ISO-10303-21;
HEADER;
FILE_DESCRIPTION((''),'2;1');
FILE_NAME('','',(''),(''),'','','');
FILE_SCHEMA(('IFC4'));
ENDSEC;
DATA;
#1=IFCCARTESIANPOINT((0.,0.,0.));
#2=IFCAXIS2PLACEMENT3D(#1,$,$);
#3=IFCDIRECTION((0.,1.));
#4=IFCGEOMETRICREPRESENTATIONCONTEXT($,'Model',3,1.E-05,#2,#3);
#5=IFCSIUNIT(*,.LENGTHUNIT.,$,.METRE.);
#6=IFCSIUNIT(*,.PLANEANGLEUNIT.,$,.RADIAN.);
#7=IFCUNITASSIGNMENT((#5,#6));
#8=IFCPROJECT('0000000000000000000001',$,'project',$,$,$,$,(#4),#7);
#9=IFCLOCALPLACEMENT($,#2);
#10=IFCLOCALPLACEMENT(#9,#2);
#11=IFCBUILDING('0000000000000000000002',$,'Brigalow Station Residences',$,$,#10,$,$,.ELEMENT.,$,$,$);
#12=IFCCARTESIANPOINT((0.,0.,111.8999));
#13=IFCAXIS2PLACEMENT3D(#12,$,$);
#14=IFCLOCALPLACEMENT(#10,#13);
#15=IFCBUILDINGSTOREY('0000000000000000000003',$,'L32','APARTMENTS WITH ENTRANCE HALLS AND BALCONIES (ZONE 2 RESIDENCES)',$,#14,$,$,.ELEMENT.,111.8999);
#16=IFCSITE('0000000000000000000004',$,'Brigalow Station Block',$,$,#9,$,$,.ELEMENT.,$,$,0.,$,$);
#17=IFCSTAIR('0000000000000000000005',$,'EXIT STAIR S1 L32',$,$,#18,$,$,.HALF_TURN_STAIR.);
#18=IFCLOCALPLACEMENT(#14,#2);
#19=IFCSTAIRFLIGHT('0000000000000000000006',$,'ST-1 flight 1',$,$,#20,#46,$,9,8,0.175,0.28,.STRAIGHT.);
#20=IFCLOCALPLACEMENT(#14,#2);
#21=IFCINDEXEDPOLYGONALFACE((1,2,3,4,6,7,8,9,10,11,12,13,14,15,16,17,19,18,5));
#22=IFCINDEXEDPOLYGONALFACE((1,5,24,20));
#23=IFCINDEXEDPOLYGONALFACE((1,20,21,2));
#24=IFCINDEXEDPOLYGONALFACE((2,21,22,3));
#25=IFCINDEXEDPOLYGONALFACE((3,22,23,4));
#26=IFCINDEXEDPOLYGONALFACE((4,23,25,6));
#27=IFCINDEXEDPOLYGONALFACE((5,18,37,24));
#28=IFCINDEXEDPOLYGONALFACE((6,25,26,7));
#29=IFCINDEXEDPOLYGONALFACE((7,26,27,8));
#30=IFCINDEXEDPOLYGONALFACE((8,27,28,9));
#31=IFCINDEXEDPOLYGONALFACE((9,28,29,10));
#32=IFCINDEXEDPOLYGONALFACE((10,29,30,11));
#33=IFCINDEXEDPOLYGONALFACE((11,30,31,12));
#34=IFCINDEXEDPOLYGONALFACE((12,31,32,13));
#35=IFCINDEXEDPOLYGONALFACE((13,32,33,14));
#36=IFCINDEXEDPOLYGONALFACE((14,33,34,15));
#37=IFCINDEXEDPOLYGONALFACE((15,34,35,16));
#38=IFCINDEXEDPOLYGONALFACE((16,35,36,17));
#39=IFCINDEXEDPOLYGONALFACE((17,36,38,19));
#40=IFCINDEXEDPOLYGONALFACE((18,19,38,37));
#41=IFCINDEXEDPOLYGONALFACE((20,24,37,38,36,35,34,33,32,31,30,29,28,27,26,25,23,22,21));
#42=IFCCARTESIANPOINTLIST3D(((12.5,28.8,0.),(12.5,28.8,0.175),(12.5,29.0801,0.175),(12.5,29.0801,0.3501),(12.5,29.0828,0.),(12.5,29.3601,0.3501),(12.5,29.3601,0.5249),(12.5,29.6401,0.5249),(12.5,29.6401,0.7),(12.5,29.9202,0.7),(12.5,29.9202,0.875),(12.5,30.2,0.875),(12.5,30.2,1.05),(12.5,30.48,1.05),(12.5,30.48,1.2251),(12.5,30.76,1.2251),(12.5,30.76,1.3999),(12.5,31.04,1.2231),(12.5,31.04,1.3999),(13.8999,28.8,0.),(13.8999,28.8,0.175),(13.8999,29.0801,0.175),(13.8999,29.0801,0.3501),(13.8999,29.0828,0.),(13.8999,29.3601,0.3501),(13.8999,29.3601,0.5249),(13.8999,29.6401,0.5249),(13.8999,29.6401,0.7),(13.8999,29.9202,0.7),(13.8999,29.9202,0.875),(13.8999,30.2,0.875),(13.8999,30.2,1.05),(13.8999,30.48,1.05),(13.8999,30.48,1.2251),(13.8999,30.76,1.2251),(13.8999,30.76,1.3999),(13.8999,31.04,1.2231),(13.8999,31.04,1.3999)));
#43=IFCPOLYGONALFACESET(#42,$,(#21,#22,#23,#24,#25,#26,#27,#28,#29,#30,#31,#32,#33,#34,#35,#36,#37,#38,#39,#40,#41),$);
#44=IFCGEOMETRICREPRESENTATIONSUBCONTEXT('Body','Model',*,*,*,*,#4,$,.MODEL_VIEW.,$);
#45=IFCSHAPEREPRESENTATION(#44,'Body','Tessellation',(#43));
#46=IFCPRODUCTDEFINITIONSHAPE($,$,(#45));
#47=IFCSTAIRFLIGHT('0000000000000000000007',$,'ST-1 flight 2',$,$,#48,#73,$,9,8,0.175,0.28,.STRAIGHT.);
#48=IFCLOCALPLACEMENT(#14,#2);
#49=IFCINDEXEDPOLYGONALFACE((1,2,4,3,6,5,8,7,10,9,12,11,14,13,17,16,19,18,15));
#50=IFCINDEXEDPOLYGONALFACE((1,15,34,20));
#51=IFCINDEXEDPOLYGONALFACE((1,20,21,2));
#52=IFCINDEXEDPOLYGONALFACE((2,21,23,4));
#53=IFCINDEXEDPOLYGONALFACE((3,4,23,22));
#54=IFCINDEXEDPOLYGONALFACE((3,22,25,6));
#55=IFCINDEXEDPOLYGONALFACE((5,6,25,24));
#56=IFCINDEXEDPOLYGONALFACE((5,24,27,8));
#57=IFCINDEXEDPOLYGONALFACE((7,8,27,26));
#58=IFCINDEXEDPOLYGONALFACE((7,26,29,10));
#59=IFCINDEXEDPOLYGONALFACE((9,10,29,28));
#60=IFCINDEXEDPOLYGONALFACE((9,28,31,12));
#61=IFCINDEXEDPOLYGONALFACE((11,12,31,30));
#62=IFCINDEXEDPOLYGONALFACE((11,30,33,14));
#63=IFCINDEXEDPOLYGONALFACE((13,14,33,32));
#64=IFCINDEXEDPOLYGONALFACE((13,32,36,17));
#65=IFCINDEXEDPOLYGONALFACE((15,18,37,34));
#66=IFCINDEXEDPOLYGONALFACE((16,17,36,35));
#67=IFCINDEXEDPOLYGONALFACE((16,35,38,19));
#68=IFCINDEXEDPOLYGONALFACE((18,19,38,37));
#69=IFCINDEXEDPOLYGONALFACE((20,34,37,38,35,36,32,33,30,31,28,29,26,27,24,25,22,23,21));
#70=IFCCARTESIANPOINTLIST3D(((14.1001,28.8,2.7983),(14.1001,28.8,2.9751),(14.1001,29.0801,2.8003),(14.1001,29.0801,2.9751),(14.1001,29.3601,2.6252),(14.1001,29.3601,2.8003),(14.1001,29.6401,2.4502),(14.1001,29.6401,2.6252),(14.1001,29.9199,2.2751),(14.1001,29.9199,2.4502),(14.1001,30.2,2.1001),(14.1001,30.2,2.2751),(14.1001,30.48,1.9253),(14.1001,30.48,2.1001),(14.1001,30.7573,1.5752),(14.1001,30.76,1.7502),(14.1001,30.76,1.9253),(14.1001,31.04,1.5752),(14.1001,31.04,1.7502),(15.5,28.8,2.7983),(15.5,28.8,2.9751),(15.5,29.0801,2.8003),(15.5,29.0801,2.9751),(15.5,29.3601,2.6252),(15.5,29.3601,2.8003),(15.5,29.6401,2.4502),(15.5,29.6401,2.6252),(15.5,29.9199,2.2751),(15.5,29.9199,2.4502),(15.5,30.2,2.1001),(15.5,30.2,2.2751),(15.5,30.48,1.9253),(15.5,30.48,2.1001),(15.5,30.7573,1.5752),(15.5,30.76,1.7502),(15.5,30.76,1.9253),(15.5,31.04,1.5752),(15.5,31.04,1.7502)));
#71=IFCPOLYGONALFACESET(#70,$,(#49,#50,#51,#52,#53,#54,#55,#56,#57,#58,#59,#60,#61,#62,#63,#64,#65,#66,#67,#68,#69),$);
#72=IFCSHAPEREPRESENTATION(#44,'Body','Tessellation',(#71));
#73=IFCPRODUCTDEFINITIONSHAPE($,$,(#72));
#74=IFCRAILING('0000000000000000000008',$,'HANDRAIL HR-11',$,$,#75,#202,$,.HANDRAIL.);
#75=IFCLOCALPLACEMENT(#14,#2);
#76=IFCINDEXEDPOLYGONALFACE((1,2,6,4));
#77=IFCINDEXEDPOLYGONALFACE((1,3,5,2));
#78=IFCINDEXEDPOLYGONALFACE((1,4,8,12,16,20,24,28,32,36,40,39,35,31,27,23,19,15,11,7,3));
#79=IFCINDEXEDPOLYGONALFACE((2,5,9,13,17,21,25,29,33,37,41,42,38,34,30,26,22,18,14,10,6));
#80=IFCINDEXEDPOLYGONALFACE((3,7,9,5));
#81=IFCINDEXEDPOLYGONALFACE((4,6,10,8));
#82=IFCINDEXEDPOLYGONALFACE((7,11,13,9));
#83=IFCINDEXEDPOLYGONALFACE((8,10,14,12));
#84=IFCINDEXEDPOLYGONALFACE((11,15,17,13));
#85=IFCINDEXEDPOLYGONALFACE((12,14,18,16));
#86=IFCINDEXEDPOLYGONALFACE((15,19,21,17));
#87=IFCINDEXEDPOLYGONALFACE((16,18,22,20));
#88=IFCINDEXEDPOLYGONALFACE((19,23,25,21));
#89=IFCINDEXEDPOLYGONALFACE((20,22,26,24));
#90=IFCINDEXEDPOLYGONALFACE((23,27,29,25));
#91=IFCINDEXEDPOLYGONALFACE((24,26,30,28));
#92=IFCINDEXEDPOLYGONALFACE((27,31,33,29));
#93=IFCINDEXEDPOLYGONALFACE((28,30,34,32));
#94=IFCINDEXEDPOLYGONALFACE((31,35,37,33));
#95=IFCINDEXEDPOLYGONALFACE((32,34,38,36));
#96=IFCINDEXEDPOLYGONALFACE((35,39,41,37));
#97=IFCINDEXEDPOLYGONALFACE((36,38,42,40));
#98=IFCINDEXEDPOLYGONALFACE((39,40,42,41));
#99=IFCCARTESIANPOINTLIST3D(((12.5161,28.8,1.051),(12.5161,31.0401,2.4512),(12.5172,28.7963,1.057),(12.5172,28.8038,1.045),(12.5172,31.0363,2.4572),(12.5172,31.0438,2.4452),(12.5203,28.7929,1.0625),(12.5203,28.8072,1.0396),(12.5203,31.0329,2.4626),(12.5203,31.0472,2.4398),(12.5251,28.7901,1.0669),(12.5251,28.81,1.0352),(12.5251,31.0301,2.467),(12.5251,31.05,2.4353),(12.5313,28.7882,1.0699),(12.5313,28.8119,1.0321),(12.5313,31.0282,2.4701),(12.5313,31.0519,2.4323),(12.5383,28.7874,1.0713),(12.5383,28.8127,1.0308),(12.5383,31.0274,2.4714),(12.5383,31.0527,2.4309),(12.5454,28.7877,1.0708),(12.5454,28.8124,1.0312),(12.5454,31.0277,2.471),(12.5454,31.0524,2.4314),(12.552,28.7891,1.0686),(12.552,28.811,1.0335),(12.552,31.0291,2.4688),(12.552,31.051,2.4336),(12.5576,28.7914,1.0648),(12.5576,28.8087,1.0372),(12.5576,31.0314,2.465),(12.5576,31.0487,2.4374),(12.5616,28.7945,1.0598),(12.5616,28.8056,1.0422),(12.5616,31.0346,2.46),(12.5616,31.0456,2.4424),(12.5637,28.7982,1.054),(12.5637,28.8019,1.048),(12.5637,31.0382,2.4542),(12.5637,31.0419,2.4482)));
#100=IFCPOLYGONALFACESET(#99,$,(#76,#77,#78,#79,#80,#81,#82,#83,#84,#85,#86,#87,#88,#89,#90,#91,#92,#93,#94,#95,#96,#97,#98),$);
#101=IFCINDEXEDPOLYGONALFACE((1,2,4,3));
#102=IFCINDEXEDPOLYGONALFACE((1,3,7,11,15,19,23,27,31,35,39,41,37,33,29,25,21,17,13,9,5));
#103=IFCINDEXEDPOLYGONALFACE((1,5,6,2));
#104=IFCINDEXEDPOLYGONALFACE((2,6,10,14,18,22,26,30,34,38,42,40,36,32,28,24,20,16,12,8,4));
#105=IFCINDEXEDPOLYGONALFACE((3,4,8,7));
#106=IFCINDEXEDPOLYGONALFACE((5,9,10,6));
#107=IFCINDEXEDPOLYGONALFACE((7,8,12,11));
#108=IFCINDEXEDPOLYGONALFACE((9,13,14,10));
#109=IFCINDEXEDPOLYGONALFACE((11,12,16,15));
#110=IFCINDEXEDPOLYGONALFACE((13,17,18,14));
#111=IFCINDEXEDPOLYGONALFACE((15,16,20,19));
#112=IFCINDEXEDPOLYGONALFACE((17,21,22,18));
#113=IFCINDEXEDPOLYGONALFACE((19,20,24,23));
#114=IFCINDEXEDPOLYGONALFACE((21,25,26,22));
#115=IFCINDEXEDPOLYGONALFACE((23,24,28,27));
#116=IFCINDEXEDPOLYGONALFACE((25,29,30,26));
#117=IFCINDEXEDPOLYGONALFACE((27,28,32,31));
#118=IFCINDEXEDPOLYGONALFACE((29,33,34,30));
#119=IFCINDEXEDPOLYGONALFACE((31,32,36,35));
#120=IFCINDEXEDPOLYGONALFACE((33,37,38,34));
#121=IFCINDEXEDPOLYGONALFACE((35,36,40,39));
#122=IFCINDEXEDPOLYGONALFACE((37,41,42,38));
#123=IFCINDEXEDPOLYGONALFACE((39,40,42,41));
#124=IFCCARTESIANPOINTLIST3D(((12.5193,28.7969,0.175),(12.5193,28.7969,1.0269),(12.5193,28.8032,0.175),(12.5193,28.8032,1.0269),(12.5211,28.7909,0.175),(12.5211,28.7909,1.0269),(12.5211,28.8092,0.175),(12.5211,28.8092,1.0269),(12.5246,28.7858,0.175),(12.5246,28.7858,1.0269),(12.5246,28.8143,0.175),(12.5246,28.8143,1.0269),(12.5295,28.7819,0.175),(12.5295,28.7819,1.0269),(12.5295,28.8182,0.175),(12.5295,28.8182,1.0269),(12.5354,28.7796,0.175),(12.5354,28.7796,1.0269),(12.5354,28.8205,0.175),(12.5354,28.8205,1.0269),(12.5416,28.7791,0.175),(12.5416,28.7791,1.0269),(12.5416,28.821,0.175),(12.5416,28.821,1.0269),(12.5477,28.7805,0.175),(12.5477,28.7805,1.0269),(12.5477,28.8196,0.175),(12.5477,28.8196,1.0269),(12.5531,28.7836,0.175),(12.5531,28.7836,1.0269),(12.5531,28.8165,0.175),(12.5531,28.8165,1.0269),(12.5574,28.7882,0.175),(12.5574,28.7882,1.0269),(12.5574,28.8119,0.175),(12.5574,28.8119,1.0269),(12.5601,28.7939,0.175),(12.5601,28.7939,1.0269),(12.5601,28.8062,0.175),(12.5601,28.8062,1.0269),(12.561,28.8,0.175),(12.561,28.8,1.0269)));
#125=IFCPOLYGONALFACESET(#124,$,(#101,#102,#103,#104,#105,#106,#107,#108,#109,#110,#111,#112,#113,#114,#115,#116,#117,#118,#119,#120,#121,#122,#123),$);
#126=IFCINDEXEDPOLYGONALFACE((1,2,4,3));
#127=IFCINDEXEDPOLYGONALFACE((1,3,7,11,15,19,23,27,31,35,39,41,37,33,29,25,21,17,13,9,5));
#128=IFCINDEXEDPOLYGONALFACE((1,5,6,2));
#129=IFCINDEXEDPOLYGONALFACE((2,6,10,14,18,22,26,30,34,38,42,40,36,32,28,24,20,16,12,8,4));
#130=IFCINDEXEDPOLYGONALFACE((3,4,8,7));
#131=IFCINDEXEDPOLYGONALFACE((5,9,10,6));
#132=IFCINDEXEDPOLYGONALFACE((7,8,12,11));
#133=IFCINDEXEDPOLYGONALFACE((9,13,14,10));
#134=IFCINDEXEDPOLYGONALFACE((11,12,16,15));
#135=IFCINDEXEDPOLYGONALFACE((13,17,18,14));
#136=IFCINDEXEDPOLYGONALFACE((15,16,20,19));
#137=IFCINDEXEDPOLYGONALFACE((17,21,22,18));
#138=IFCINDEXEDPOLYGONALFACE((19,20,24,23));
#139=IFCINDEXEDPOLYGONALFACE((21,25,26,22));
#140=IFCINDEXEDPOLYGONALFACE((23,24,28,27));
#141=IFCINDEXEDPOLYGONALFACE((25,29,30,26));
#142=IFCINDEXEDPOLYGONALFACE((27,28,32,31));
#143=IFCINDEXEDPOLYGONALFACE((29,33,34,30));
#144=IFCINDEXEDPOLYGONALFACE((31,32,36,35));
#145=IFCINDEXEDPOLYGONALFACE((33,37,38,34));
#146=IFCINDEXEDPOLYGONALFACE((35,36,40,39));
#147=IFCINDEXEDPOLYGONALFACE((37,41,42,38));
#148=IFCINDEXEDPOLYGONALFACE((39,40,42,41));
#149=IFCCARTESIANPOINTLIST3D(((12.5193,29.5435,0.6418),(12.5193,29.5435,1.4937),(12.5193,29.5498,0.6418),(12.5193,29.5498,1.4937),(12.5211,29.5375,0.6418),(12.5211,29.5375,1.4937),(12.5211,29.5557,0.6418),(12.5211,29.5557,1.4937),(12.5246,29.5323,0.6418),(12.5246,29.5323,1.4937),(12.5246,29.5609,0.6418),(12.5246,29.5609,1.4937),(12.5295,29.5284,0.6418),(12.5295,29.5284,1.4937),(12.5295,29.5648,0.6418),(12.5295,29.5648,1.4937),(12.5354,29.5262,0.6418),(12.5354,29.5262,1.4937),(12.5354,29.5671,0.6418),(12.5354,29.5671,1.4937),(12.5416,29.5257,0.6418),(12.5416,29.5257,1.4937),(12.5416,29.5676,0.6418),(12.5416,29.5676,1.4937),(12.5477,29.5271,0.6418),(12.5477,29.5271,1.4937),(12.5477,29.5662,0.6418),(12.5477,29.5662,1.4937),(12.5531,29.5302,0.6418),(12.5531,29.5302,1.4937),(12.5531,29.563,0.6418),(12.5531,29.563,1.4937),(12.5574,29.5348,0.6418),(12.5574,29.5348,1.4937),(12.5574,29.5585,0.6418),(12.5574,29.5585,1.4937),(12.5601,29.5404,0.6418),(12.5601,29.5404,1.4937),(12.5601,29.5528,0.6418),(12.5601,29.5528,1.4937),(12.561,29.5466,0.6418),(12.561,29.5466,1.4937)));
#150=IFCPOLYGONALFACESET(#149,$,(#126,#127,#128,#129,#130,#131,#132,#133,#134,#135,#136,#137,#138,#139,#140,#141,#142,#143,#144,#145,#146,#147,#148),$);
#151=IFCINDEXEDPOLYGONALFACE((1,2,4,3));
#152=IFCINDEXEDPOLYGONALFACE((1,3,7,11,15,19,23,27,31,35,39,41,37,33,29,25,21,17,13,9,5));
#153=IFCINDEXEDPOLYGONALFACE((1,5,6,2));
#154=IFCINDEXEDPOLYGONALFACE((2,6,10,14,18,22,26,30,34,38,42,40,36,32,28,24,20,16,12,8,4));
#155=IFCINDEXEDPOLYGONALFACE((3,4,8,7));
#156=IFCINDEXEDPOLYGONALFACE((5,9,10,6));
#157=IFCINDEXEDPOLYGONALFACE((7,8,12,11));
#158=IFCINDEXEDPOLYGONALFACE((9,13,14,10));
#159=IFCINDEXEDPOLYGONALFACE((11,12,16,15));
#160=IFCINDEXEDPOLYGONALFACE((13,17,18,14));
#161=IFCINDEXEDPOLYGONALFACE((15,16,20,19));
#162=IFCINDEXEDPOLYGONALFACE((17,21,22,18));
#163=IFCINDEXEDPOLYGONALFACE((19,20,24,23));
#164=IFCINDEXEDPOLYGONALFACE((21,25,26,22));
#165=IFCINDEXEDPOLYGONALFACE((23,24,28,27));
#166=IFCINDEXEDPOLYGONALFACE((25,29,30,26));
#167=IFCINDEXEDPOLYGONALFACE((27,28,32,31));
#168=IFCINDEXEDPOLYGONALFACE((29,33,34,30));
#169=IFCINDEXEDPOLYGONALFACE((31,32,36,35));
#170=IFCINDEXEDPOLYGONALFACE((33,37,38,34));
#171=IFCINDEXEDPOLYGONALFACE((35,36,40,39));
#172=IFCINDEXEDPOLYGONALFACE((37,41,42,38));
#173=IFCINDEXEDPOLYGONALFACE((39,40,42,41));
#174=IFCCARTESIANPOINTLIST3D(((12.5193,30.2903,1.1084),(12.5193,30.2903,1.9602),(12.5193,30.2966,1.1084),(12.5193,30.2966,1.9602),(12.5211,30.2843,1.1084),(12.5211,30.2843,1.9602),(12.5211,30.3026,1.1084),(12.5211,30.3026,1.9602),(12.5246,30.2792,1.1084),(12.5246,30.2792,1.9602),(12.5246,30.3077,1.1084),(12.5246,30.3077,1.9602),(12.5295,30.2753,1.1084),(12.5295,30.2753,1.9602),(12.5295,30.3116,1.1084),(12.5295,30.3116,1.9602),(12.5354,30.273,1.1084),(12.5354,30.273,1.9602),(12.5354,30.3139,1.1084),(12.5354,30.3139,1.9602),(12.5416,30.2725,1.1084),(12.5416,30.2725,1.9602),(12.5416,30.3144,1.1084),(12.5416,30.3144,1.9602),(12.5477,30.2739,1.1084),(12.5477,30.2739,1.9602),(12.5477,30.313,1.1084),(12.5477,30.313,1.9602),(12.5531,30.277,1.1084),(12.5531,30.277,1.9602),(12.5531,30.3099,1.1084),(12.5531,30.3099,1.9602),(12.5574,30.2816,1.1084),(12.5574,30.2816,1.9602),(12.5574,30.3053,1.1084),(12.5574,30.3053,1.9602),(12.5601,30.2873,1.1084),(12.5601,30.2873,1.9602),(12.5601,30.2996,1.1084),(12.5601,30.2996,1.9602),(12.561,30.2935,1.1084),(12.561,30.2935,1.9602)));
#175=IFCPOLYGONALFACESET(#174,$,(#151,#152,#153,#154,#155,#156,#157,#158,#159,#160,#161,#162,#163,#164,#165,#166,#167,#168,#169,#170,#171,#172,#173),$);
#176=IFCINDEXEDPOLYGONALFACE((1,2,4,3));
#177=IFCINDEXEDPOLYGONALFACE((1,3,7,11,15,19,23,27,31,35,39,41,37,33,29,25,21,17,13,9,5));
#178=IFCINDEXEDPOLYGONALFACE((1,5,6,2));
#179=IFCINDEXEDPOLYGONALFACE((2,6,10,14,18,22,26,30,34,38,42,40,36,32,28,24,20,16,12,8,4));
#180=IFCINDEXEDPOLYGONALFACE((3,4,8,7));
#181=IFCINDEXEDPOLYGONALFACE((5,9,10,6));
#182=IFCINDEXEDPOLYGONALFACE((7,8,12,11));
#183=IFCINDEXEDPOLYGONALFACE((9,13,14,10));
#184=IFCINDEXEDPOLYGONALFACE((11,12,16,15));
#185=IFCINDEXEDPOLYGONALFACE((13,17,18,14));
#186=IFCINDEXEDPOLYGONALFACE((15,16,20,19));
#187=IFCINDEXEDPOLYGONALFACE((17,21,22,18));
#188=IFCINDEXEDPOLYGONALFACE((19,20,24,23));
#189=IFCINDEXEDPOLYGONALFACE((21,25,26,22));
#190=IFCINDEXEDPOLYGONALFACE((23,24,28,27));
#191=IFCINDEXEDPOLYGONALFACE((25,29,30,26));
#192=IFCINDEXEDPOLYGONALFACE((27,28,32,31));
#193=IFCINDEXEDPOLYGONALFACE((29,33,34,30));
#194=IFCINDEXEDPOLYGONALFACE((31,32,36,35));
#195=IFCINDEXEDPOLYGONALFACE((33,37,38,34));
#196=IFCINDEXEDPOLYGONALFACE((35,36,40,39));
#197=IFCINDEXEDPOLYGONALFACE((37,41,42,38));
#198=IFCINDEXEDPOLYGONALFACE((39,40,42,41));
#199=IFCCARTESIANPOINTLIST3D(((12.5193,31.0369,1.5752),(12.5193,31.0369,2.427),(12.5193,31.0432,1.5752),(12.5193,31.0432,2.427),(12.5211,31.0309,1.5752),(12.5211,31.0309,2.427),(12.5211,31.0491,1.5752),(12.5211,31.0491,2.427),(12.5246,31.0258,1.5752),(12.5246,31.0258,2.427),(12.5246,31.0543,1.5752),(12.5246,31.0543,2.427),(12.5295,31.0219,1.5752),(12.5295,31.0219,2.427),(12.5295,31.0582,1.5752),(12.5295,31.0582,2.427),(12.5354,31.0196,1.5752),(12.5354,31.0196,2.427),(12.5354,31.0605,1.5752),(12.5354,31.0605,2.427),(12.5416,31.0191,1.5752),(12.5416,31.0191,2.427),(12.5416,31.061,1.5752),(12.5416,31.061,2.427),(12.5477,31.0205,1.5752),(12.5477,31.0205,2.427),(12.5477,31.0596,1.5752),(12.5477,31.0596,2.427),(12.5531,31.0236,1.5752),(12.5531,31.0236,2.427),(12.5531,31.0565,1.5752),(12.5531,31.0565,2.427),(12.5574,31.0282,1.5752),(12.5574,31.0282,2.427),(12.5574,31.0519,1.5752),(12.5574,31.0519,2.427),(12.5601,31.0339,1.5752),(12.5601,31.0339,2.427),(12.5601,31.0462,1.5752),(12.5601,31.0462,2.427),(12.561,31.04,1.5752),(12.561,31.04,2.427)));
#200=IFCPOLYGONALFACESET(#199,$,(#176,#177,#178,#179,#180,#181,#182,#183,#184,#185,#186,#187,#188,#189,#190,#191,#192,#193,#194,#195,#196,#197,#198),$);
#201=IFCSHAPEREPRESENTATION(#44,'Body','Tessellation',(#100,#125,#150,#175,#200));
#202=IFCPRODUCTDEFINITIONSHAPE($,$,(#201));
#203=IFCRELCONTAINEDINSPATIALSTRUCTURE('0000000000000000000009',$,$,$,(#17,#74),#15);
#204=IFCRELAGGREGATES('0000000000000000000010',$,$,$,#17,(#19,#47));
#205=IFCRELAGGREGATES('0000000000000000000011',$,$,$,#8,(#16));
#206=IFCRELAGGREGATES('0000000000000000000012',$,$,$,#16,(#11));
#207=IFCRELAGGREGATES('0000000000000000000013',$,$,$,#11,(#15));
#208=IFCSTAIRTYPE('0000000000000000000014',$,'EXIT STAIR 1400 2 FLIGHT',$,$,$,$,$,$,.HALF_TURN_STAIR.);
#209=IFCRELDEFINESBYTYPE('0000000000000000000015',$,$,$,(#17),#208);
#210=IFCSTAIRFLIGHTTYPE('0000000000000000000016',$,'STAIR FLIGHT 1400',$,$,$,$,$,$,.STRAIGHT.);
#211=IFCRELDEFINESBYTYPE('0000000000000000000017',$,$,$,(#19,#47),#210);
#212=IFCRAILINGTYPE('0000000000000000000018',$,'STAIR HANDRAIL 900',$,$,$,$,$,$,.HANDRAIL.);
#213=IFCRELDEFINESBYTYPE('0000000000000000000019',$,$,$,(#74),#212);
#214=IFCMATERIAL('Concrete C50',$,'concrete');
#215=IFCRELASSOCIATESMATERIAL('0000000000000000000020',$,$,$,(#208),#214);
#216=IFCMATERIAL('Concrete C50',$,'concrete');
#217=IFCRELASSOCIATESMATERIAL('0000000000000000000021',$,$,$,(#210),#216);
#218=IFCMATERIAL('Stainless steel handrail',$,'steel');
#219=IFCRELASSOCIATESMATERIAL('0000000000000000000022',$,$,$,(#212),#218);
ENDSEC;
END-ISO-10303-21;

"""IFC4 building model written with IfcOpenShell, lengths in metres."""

from ifc_helpers import new_model, si_unit, direction, frame, origin, origin_2d, place, context, subcontext, project, spatial, polyline, circle, outline, extrude, material, type_object, element, aggregate, save


model = new_model("IFC4")

# Units and contexts
model_context = context("Model", 3, precision=1e-05, world=origin(), true_north=direction((0.0, 1.0)))
body_context = subcontext(model_context, "Body", "Model", "MODEL_VIEW")
ifc_project = project(units=[si_unit("LENGTHUNIT", "METRE"), si_unit("PLANEANGLEUNIT", "RADIAN")], contexts=[model_context])

# Site, building, storey
site_placement = place(None, origin())
site = spatial("IfcSite", under=ifc_project, at=site_placement, Name="Brigalow Station Block", CompositionType="ELEMENT", RefElevation=0.0)
building_placement = place(site_placement, origin())
building = spatial("IfcBuilding", under=site, at=building_placement, Name="Brigalow Station Residences", CompositionType="ELEMENT")
storey_placement = place(building_placement, frame((0.0, 0.0, 111.8999)))
storey = spatial("IfcBuildingStorey", under=building, at=storey_placement, Name="L32", Description="APARTMENTS WITH ENTRANCE HALLS AND BALCONIES (ZONE 2 RESIDENCES)", CompositionType="ELEMENT", Elevation=111.8999)

# Stair, stair flights
ifc_material_1 = material(Name="Concrete C50", Category="concrete")
stair_type = type_object("IfcStairType", Name="EXIT STAIR 1400 2 FLIGHT", PredefinedType="HALF_TURN_STAIR", material=ifc_material_1)
stair_placement = place(storey_placement, origin())
stair = element("IfcStair", 1, at=stair_placement, inside=storey, type_object=stair_type, Name="EXIT STAIR S1 L32", PredefinedType="HALF_TURN_STAIR")
ifc_material_2 = material(Name="Concrete C50", Category="concrete")
stair_flight_type = type_object("IfcStairFlightType", Name="STAIR FLIGHT 1400", PredefinedType="STRAIGHT", material=ifc_material_2)
stair_flight_1_placement = place(storey_placement, frame((13.2, 28.8, 0.0), z_axis=(0.0, 0.0, 1.0), x_axis=(0.0, 1.0, 0.0)))
stair_flight_1 = element("IfcStairFlight", 2, at=stair_flight_1_placement, type_object=stair_flight_type, Name="ST-1 flight 1", NumberOfRisers=9, NumberOfTreads=8, PredefinedType="STRAIGHT", RiserHeight=0.175, TreadLength=0.28, context=body_context, shape_type="SweptSolid", body=[
    extrude(outline(polyline([(0.0, 0.0), (0.0, 0.175), (0.28, 0.175), (0.28, 0.3501), (0.5601, 0.3501), (0.5601, 0.5249), (0.8401, 0.5249), (0.8401, 0.7), (1.1201, 0.7), (1.1201, 0.875), (1.3999, 0.875), (1.3999, 1.05), (1.6799, 1.05), (1.6799, 1.2251), (1.96, 1.2251), (1.96, 1.3999), (2.24, 1.3999), (2.24, 1.575), (2.24, 1.2231), (0.2827, 0.0), (0.0, 0.0)])), frame((0.0, 0.7, 0.0), z_axis=(0.0, -1.0, 0.0), x_axis=(1.0, 0.0, 0.0)), (0.0, 0.0, 1.0), 1.3999),
])
stair_flight_2_placement = place(storey_placement, frame((14.8, 31.04, 1.5752), z_axis=(0.0, 0.0, 1.0), x_axis=(0.0, -1.0, 0.0)))
stair_flight_2 = element("IfcStairFlight", 3, at=stair_flight_2_placement, type_object=stair_flight_type, Name="ST-1 flight 2", NumberOfRisers=9, NumberOfTreads=8, PredefinedType="STRAIGHT", RiserHeight=0.175, TreadLength=0.28, context=body_context, shape_type="SweptSolid", body=[
    extrude(outline(polyline([(0.0, 0.0), (0.0, 0.175), (0.28, 0.175), (0.28, 0.3501), (0.5601, 0.3501), (0.5601, 0.5249), (0.8401, 0.5249), (0.8401, 0.7), (1.1201, 0.7), (1.1201, 0.875), (1.3999, 0.875), (1.3999, 1.05), (1.6799, 1.05), (1.6799, 1.2251), (1.96, 1.2251), (1.96, 1.3999), (2.24, 1.3999), (2.24, 1.575), (2.24, 1.2231), (0.2827, 0.0), (0.0, 0.0)])), frame((0.0, 0.7, 0.0), z_axis=(0.0, -1.0, 0.0), x_axis=(1.0, 0.0, 0.0)), (0.0, 0.0, 1.0), 1.3999),
])
aggregate(stair, [stair_flight_1, stair_flight_2])

# Railing
ifc_material_3 = material(Name="Stainless steel handrail", Category="steel")
railing_type_1 = type_object("IfcRailingType", Name="STAIR HANDRAIL 900", PredefinedType="HANDRAIL", material=ifc_material_3)
railing_1_placement = place(storey_placement, frame((12.54, 28.8, 0.175)))
element("IfcRailing", 4, at=railing_1_placement, inside=storey, type_object=railing_type_1, Name="HANDRAIL HR-11", PredefinedType="HANDRAIL", context=body_context, shape_type="SweptSolid", body=[
    extrude(circle(Radius=0.0239, at=origin_2d()), frame((0.0, 0.0, 0.876), z_axis=(0.0, 0.847972, 0.53004), x_axis=(-1.0, 0.0, 0.0)), (0.0, 0.0, 1.0), 2.6416),
    extrude(circle(Radius=0.021, at=origin_2d()), origin(), (0.0, 0.0, 1.0), 0.8518),
    extrude(circle(Radius=0.021, at=origin_2d()), frame((0.0, 0.7466, 0.4668)), (0.0, 0.0, 1.0), 0.8518),
    extrude(circle(Radius=0.021, at=origin_2d()), frame((0.0, 1.4934, 0.9333)), (0.0, 0.0, 1.0), 0.8518),
    extrude(circle(Radius=0.021, at=origin_2d()), frame((0.0, 2.24, 1.4001)), (0.0, 0.0, 1.0), 0.8518),
])

save(model, "model.ifc")
